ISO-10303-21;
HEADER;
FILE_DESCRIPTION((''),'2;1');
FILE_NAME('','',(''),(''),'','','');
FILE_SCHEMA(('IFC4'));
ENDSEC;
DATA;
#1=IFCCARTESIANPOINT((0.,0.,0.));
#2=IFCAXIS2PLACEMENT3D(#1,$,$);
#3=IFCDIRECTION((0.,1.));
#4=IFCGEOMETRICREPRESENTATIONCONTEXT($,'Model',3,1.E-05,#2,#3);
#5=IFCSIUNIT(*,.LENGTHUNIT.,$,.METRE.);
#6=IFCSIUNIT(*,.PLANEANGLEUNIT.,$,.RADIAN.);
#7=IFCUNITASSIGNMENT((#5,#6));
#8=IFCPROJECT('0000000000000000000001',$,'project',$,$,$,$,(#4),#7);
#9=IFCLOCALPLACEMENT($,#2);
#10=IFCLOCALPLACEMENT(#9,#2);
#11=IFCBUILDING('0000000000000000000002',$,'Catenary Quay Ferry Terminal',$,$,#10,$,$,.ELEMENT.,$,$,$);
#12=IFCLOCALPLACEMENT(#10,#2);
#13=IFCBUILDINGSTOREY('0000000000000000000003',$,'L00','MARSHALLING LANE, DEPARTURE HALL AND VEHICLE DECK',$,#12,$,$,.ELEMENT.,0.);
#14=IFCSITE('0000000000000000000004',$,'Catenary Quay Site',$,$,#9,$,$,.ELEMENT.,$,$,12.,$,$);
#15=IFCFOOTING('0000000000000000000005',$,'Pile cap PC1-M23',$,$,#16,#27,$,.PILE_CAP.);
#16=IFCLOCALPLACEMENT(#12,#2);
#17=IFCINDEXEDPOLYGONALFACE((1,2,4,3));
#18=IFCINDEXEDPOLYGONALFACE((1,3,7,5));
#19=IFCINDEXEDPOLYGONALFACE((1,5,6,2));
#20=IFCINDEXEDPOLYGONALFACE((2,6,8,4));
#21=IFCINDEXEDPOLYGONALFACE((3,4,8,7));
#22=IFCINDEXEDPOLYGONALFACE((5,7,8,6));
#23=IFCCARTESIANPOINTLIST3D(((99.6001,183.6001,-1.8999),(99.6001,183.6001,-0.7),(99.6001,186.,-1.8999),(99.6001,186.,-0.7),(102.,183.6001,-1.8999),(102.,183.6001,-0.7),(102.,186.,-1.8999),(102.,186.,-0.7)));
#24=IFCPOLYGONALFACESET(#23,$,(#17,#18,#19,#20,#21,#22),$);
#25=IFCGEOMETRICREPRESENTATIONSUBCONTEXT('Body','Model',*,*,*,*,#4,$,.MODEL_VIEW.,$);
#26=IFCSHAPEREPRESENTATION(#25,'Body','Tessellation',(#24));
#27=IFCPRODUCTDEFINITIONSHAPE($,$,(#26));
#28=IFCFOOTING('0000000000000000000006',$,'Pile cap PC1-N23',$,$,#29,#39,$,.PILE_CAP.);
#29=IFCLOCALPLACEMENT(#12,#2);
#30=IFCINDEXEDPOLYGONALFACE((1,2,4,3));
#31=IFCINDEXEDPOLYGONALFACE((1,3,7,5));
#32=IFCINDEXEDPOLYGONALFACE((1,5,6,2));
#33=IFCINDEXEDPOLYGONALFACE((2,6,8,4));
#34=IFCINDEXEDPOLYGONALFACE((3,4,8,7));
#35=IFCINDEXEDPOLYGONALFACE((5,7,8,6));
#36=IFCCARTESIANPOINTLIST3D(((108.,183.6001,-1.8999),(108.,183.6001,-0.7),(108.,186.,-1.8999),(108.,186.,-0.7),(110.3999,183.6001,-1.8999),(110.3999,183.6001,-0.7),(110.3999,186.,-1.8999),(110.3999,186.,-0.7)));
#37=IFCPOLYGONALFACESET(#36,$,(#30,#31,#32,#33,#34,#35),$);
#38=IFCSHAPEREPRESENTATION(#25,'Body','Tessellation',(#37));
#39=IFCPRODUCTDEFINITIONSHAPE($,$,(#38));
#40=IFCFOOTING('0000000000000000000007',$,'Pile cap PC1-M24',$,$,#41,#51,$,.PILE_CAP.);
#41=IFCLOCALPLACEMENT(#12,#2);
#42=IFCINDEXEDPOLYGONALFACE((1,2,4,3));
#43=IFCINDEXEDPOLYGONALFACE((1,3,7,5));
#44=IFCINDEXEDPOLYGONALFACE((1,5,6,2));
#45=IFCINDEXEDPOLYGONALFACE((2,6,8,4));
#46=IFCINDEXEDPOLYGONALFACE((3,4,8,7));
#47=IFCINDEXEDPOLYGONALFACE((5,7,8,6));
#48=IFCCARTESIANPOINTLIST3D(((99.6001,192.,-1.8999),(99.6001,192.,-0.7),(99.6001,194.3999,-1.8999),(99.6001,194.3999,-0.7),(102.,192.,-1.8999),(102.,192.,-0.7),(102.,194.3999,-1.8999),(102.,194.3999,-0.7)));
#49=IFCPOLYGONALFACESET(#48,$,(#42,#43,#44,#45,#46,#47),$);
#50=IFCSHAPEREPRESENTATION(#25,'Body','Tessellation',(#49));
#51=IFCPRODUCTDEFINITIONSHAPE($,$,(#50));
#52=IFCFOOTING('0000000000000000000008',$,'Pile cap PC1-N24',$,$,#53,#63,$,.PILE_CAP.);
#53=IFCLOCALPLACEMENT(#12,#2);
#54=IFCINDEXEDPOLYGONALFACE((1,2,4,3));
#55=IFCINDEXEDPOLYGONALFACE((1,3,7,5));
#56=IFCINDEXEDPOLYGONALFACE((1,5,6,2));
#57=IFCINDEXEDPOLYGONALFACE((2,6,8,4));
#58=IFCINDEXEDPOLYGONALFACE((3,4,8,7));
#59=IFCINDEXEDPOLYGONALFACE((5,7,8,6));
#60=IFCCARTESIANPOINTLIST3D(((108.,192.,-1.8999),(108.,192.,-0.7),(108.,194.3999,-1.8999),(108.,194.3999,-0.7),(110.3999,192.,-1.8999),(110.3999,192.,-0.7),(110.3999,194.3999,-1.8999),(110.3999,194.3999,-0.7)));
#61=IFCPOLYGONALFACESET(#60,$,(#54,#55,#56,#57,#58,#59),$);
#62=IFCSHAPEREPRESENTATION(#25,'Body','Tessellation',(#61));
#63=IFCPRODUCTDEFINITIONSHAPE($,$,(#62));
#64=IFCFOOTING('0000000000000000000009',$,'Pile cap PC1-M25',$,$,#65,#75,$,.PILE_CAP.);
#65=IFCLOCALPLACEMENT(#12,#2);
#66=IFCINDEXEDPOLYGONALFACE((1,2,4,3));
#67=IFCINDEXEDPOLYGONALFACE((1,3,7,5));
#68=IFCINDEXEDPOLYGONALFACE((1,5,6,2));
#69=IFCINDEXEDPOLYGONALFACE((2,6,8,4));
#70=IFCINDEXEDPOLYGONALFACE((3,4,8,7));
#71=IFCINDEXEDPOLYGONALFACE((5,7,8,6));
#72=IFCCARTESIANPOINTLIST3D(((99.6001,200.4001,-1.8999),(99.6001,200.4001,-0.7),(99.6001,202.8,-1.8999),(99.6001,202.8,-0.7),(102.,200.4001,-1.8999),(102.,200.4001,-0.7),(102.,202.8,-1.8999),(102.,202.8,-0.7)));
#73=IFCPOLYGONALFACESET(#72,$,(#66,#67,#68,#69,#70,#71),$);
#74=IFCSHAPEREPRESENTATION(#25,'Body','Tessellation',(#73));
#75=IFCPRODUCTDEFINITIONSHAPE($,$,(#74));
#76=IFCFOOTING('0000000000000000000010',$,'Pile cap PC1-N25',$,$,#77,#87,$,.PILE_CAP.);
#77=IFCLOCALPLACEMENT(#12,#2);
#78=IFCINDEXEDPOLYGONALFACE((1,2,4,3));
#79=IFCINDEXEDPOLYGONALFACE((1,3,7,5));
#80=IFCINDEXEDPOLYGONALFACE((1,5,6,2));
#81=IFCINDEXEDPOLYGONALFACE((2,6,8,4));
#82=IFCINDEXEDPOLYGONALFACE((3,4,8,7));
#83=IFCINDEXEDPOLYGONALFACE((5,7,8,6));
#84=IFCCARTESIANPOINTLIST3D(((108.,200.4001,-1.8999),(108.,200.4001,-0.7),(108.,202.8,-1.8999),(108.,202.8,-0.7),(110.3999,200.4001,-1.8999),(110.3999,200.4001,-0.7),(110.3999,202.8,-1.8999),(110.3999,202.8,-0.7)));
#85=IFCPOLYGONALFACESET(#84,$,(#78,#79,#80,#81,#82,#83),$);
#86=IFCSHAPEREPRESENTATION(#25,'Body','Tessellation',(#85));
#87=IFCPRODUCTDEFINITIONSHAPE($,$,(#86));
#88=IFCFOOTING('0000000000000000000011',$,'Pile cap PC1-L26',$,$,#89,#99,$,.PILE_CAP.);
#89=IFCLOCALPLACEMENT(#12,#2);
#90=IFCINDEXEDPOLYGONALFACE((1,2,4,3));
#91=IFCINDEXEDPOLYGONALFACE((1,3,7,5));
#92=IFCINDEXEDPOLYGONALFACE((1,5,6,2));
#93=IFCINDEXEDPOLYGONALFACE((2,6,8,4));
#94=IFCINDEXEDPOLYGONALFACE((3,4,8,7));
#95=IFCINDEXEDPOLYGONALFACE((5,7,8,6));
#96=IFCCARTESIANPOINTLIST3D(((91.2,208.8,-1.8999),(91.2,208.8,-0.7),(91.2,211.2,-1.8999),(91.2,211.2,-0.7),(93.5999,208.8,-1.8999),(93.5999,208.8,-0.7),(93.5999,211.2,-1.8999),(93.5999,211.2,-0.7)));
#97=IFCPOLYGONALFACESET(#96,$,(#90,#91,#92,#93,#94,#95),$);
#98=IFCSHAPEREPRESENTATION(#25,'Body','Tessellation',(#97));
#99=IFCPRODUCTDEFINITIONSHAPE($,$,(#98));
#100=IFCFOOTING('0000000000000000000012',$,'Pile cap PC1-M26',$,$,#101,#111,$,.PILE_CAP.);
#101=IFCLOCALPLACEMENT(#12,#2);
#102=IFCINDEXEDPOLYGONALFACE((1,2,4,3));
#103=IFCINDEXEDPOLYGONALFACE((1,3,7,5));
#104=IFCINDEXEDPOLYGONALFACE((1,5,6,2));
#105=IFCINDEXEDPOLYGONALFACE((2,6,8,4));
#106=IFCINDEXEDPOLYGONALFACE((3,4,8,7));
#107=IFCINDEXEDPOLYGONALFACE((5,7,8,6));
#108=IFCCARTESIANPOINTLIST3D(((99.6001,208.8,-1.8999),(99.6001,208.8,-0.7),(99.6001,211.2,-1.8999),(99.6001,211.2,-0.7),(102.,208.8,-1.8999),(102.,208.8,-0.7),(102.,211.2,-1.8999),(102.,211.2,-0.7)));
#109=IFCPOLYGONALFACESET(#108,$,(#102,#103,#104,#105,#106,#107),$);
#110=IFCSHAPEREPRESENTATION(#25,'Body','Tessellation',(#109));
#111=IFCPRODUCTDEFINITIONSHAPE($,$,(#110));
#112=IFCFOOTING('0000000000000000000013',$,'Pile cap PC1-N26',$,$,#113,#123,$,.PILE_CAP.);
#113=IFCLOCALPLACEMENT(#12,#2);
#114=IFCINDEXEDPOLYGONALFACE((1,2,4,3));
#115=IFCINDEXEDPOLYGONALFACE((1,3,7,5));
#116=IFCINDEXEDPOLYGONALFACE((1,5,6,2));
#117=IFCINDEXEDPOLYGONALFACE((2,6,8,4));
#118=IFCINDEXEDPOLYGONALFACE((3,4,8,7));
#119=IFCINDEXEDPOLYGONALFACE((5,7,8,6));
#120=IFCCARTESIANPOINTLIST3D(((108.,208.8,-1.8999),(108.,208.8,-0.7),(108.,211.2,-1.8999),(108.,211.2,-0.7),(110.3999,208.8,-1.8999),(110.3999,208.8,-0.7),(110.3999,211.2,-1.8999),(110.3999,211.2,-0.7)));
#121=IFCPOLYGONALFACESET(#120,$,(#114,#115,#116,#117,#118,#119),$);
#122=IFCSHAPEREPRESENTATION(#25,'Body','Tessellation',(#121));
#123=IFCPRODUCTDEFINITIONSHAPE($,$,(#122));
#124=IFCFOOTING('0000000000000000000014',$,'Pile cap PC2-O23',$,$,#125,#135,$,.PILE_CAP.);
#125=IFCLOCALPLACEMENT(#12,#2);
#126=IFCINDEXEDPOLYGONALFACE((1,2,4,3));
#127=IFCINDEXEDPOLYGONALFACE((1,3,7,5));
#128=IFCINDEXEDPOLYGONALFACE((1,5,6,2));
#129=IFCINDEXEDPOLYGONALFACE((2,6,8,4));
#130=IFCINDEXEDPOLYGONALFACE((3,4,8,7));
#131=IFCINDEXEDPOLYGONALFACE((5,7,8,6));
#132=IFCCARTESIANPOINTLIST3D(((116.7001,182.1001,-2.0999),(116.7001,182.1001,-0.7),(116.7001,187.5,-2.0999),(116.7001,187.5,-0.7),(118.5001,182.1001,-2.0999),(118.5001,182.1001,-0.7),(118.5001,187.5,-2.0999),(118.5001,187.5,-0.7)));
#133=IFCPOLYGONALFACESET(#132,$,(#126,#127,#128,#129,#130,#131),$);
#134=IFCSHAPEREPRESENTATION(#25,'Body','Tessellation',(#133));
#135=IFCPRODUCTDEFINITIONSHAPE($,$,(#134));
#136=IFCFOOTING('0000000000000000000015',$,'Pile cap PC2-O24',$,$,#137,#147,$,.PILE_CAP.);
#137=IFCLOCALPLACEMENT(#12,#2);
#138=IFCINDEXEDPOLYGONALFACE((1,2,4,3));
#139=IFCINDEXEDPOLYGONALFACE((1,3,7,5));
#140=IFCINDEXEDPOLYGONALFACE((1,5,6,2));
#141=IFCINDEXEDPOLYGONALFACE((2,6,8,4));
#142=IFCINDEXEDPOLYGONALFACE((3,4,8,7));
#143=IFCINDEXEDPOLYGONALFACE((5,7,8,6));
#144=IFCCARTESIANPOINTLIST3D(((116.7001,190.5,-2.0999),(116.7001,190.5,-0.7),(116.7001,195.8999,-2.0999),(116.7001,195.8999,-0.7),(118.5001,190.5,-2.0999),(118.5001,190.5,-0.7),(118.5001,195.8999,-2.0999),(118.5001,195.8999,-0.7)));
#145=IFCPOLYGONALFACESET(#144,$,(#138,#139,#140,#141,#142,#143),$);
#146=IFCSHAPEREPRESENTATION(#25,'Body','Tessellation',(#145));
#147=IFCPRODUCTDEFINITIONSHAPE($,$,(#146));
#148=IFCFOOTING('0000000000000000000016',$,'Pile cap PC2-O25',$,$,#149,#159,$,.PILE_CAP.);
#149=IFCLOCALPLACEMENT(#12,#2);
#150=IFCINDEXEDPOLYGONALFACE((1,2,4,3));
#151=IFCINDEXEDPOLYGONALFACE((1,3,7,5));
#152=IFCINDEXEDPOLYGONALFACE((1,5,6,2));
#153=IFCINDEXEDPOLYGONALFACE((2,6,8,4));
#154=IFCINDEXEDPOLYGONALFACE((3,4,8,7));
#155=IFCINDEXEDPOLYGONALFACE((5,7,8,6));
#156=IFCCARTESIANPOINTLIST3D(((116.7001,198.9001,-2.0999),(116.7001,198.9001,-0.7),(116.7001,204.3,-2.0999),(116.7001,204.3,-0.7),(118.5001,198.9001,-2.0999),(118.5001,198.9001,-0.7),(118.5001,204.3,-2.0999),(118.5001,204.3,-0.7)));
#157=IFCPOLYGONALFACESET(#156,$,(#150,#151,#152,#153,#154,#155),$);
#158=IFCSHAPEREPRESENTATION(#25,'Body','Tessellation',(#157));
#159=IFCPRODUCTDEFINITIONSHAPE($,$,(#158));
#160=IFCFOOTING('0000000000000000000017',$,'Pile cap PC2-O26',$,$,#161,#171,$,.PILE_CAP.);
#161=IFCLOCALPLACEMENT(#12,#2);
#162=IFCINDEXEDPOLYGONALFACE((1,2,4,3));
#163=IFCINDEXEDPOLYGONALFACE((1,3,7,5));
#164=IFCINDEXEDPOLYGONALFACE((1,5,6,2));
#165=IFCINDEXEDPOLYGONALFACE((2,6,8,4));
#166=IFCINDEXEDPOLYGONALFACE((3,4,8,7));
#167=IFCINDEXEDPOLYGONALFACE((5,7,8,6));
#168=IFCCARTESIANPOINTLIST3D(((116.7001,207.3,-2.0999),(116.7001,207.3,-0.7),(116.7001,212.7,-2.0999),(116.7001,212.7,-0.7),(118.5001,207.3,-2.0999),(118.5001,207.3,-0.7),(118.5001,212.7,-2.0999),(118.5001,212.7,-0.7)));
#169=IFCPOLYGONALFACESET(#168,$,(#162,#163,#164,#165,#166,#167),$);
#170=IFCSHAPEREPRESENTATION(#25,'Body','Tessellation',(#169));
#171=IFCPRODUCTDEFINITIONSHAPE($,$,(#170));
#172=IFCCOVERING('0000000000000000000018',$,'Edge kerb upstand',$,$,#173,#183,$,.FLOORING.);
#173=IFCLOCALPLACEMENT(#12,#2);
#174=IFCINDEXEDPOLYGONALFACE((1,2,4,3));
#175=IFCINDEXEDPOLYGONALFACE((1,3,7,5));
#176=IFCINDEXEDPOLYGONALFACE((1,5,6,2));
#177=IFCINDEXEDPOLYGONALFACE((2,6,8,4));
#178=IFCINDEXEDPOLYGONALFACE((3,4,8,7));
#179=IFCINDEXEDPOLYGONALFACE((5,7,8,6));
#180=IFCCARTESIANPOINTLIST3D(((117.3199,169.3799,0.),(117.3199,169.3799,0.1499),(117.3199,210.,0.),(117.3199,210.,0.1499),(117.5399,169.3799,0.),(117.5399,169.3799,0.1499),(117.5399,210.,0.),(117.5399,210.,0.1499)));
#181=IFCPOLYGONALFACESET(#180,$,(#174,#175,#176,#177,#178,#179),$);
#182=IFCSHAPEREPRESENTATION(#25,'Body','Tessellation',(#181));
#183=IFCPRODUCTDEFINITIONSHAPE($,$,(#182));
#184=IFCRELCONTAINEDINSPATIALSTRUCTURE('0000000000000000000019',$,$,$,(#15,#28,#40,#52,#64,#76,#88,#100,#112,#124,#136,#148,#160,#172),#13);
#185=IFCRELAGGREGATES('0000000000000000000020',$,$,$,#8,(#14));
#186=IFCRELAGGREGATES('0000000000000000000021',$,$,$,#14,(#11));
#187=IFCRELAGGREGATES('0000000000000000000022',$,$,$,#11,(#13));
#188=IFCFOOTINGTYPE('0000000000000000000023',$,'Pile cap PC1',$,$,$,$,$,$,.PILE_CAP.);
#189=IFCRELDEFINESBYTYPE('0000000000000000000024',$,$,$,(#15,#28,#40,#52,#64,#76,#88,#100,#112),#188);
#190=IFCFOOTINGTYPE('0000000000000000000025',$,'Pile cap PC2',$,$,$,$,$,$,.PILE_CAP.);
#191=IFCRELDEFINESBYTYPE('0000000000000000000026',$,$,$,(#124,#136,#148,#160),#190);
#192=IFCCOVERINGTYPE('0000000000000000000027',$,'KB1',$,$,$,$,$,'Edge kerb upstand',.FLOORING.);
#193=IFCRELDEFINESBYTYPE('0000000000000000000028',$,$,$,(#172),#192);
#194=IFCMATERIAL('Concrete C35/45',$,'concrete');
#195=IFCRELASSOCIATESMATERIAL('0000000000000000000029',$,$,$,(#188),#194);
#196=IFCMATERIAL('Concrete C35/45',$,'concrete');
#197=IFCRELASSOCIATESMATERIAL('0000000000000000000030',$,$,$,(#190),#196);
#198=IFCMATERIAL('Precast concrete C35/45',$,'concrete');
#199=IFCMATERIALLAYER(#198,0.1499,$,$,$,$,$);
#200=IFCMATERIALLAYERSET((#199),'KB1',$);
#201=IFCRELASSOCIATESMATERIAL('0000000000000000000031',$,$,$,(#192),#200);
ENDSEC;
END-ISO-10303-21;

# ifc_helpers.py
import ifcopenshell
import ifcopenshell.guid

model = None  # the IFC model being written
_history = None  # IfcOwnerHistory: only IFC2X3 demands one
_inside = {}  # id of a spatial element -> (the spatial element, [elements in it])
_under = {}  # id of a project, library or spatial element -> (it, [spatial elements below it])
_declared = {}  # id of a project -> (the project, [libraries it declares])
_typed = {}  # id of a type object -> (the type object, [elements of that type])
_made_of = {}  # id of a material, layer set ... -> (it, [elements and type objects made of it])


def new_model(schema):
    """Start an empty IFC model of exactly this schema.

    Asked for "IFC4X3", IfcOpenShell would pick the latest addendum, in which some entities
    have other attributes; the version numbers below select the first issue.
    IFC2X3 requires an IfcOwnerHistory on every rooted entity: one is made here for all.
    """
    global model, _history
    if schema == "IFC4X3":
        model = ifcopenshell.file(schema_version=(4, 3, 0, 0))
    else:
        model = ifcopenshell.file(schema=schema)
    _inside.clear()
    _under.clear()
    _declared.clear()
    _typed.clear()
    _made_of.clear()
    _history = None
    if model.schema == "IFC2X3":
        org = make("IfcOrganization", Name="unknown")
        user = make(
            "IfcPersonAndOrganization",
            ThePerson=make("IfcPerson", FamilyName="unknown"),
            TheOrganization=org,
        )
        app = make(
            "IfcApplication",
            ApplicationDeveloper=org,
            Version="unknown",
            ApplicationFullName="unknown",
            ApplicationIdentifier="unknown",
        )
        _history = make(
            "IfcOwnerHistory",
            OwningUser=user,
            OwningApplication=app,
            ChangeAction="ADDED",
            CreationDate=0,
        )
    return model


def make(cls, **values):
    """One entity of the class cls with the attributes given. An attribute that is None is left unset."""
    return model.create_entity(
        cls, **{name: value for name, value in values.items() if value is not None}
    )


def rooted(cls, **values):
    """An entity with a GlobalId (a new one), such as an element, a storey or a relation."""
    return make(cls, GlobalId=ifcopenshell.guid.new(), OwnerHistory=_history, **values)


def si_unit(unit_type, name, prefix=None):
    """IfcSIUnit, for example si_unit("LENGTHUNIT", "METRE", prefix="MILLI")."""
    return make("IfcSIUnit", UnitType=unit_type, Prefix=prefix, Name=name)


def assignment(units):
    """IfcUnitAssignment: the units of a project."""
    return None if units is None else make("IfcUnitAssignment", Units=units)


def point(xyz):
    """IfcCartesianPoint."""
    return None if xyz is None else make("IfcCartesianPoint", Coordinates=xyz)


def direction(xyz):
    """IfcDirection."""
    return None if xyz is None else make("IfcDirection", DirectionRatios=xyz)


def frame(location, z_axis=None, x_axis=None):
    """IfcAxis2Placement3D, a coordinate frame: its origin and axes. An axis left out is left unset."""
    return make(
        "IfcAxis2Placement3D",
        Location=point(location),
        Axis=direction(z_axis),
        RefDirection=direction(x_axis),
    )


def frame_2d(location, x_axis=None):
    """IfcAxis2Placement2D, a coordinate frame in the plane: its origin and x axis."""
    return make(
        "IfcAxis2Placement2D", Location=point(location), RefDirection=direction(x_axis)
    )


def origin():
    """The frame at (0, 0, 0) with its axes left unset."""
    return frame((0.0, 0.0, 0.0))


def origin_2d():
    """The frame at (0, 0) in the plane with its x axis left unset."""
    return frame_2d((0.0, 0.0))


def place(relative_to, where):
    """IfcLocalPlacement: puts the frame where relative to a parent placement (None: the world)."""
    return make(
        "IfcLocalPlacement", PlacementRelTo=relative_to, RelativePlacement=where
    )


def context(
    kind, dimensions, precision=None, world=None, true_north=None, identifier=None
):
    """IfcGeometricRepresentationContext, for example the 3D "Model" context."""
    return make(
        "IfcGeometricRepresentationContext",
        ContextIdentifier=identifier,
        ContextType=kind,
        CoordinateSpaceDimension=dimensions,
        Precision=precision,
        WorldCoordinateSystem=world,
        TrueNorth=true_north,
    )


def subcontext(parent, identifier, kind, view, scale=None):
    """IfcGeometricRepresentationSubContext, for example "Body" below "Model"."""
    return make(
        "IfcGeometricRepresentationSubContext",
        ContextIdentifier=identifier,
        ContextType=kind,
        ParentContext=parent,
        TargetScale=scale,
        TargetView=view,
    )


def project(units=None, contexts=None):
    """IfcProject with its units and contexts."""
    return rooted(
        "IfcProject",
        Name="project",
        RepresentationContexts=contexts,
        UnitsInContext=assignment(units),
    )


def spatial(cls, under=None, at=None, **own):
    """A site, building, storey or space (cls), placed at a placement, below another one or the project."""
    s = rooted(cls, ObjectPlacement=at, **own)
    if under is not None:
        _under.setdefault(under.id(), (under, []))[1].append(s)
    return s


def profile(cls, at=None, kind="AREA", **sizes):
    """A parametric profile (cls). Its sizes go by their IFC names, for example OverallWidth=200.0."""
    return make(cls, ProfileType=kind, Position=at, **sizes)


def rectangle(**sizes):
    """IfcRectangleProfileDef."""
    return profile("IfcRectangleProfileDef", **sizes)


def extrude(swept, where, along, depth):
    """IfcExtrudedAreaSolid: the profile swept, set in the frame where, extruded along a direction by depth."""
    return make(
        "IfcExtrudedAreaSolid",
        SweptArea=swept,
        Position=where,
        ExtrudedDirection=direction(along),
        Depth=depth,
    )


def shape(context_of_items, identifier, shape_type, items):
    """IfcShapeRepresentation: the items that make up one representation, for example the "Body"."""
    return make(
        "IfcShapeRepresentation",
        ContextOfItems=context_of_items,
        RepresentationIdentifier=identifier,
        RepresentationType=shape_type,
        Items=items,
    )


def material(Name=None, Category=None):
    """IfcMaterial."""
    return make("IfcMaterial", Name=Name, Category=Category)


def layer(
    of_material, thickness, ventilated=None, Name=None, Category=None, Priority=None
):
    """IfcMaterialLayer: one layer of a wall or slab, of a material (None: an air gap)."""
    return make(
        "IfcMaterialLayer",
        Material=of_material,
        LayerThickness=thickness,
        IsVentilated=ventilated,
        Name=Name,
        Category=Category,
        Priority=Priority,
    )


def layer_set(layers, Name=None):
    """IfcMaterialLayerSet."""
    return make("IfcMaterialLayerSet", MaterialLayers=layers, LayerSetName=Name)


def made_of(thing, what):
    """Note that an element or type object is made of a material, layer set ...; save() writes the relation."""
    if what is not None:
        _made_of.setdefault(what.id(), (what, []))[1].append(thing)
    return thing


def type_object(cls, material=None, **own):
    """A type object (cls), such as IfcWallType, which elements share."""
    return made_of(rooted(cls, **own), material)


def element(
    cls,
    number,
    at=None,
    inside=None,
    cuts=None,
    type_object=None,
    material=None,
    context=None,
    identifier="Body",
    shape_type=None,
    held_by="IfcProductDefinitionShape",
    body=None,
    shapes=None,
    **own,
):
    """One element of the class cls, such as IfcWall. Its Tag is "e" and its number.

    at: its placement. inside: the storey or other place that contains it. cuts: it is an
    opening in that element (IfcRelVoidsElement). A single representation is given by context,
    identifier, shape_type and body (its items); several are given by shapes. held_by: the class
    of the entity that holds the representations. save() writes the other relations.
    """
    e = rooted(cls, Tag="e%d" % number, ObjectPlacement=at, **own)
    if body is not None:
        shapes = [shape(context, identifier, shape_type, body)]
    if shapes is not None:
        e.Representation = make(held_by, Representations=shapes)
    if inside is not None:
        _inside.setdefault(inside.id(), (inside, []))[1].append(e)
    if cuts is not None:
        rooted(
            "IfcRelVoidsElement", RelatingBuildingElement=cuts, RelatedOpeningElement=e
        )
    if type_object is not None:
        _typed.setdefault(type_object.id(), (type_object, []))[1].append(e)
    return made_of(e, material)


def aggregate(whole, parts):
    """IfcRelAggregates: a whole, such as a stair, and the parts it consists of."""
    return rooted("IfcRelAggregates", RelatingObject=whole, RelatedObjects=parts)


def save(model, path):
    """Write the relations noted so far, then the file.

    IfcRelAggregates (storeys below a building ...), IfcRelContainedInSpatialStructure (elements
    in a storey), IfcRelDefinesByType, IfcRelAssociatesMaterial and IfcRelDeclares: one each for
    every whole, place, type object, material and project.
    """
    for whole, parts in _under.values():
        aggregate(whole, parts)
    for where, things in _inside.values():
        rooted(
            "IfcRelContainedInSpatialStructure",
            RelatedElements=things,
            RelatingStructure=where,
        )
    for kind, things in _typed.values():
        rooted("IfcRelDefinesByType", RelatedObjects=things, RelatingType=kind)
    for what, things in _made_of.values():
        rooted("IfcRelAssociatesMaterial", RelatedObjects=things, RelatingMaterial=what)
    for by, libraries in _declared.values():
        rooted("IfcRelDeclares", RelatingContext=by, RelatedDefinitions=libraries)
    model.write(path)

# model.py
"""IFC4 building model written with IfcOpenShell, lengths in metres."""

from ifc_helpers import new_model, si_unit, direction, frame, origin, origin_2d, place, context, subcontext, project, spatial, rectangle, extrude, material, layer, layer_set, type_object, element, save


model = new_model("IFC4")

# Units and contexts
model_context = context("Model", 3, precision=1e-05, world=origin(), true_north=direction((0.0, 1.0)))
body_context = subcontext(model_context, "Body", "Model", "MODEL_VIEW")
ifc_project = project(units=[si_unit("LENGTHUNIT", "METRE"), si_unit("PLANEANGLEUNIT", "RADIAN")], contexts=[model_context])

# Site, building, storey
site_placement = place(None, origin())
site = spatial("IfcSite", under=ifc_project, at=site_placement, Name="Catenary Quay Site", CompositionType="ELEMENT", RefElevation=12.0)
building_placement = place(site_placement, origin())
building = spatial("IfcBuilding", under=site, at=building_placement, Name="Catenary Quay Ferry Terminal", CompositionType="ELEMENT")
storey_placement = place(building_placement, origin())
storey = spatial("IfcBuildingStorey", under=building, at=storey_placement, Name="L00", Description="MARSHALLING LANE, DEPARTURE HALL AND VEHICLE DECK", CompositionType="ELEMENT", Elevation=0.0)

# Footings
ifc_material_1 = material(Name="Concrete C35/45", Category="concrete")
footing_type_1 = type_object("IfcFootingType", Name="Pile cap PC1", PredefinedType="PILE_CAP", material=ifc_material_1)
for number, where, z_axis, x_axis, name in (
    (1, (100.8, 184.8, -1.8999), (0.0, 0.0, 1.0), (1.0, 0.0, 0.0), "Pile cap PC1-M23"),
    (2, (109.2, 184.8, -1.8999), (0.0, 0.0, 1.0), (1.0, 0.0, 0.0), "Pile cap PC1-N23"),
    (3, (100.8, 193.2, -1.8999), (0.0, 0.0, 1.0), (1.0, 0.0, 0.0), "Pile cap PC1-M24"),
    (4, (109.2, 193.2, -1.8999), (0.0, 0.0, 1.0), (1.0, 0.0, 0.0), "Pile cap PC1-N24"),
    (5, (100.8, 201.6001, -1.8999), (0.0, 0.0, 1.0), (1.0, 0.0, 0.0), "Pile cap PC1-M25"),
    (6, (109.2, 201.6001, -1.8999), (0.0, 0.0, 1.0), (1.0, 0.0, 0.0), "Pile cap PC1-N25"),
    (7, (92.3999, 210.0, -1.8999), (0.0, 0.0, 1.0), (1.0, 0.0, 0.0), "Pile cap PC1-L26"),
    (8, (100.8, 210.0, -1.8999), (0.0, 0.0, 1.0), (1.0, 0.0, 0.0), "Pile cap PC1-M26"),
    (9, (109.2, 210.0, -1.8999), (0.0, 0.0, 1.0), (1.0, 0.0, 0.0), "Pile cap PC1-N26"),
):
    element("IfcFooting", number, at=place(storey_placement, frame(where, z_axis=z_axis, x_axis=x_axis)), inside=storey, type_object=footing_type_1, Name=name, PredefinedType="PILE_CAP", context=body_context, shape_type="SweptSolid", body=[
        extrude(rectangle(XDim=2.3999, YDim=2.3999, at=origin_2d()), origin(), (0.0, 0.0, 1.0), 1.2),
    ])
ifc_material_2 = material(Name="Concrete C35/45", Category="concrete")
footing_type_2 = type_object("IfcFootingType", Name="Pile cap PC2", PredefinedType="PILE_CAP", material=ifc_material_2)
for number, where, z_axis, x_axis, name in (
    (10, (117.6001, 184.8, -2.0999), (0.0, 0.0, 1.0), (1.0, 0.0, 0.0), "Pile cap PC2-O23"),
    (11, (117.6001, 193.2, -2.0999), (0.0, 0.0, 1.0), (1.0, 0.0, 0.0), "Pile cap PC2-O24"),
    (12, (117.6001, 201.6001, -2.0999), (0.0, 0.0, 1.0), (1.0, 0.0, 0.0), "Pile cap PC2-O25"),
    (13, (117.6001, 210.0, -2.0999), (0.0, 0.0, 1.0), (1.0, 0.0, 0.0), "Pile cap PC2-O26"),
):
    element("IfcFooting", number, at=place(storey_placement, frame(where, z_axis=z_axis, x_axis=x_axis)), inside=storey, type_object=footing_type_2, Name=name, PredefinedType="PILE_CAP", context=body_context, shape_type="SweptSolid", body=[
        extrude(rectangle(XDim=1.8, YDim=5.3999, at=origin_2d()), origin(), (0.0, 0.0, 1.0), 1.3999),
    ])

# Covering
ifc_material_3 = material(Name="Precast concrete C35/45", Category="concrete")
ifc_layer = layer(ifc_material_3, 0.1499)
ifc_layer_set = layer_set([ifc_layer], Name="KB1")
covering_type = type_object("IfcCoveringType", Name="KB1", ElementType="Edge kerb upstand", PredefinedType="FLOORING", material=ifc_layer_set)
covering_placement = place(storey_placement, frame((117.4299, 189.6899, 0.0), z_axis=(0.0, 0.0, 1.0), x_axis=(1.0, 0.0, 0.0)))
element("IfcCovering", 14, at=covering_placement, inside=storey, type_object=covering_type, Name="Edge kerb upstand", PredefinedType="FLOORING", context=body_context, shape_type="SweptSolid", body=[
    extrude(rectangle(XDim=0.22, YDim=40.6201, at=origin_2d()), origin(), (0.0, 0.0, 1.0), 0.1499),
])

save(model, "model.ifc")
